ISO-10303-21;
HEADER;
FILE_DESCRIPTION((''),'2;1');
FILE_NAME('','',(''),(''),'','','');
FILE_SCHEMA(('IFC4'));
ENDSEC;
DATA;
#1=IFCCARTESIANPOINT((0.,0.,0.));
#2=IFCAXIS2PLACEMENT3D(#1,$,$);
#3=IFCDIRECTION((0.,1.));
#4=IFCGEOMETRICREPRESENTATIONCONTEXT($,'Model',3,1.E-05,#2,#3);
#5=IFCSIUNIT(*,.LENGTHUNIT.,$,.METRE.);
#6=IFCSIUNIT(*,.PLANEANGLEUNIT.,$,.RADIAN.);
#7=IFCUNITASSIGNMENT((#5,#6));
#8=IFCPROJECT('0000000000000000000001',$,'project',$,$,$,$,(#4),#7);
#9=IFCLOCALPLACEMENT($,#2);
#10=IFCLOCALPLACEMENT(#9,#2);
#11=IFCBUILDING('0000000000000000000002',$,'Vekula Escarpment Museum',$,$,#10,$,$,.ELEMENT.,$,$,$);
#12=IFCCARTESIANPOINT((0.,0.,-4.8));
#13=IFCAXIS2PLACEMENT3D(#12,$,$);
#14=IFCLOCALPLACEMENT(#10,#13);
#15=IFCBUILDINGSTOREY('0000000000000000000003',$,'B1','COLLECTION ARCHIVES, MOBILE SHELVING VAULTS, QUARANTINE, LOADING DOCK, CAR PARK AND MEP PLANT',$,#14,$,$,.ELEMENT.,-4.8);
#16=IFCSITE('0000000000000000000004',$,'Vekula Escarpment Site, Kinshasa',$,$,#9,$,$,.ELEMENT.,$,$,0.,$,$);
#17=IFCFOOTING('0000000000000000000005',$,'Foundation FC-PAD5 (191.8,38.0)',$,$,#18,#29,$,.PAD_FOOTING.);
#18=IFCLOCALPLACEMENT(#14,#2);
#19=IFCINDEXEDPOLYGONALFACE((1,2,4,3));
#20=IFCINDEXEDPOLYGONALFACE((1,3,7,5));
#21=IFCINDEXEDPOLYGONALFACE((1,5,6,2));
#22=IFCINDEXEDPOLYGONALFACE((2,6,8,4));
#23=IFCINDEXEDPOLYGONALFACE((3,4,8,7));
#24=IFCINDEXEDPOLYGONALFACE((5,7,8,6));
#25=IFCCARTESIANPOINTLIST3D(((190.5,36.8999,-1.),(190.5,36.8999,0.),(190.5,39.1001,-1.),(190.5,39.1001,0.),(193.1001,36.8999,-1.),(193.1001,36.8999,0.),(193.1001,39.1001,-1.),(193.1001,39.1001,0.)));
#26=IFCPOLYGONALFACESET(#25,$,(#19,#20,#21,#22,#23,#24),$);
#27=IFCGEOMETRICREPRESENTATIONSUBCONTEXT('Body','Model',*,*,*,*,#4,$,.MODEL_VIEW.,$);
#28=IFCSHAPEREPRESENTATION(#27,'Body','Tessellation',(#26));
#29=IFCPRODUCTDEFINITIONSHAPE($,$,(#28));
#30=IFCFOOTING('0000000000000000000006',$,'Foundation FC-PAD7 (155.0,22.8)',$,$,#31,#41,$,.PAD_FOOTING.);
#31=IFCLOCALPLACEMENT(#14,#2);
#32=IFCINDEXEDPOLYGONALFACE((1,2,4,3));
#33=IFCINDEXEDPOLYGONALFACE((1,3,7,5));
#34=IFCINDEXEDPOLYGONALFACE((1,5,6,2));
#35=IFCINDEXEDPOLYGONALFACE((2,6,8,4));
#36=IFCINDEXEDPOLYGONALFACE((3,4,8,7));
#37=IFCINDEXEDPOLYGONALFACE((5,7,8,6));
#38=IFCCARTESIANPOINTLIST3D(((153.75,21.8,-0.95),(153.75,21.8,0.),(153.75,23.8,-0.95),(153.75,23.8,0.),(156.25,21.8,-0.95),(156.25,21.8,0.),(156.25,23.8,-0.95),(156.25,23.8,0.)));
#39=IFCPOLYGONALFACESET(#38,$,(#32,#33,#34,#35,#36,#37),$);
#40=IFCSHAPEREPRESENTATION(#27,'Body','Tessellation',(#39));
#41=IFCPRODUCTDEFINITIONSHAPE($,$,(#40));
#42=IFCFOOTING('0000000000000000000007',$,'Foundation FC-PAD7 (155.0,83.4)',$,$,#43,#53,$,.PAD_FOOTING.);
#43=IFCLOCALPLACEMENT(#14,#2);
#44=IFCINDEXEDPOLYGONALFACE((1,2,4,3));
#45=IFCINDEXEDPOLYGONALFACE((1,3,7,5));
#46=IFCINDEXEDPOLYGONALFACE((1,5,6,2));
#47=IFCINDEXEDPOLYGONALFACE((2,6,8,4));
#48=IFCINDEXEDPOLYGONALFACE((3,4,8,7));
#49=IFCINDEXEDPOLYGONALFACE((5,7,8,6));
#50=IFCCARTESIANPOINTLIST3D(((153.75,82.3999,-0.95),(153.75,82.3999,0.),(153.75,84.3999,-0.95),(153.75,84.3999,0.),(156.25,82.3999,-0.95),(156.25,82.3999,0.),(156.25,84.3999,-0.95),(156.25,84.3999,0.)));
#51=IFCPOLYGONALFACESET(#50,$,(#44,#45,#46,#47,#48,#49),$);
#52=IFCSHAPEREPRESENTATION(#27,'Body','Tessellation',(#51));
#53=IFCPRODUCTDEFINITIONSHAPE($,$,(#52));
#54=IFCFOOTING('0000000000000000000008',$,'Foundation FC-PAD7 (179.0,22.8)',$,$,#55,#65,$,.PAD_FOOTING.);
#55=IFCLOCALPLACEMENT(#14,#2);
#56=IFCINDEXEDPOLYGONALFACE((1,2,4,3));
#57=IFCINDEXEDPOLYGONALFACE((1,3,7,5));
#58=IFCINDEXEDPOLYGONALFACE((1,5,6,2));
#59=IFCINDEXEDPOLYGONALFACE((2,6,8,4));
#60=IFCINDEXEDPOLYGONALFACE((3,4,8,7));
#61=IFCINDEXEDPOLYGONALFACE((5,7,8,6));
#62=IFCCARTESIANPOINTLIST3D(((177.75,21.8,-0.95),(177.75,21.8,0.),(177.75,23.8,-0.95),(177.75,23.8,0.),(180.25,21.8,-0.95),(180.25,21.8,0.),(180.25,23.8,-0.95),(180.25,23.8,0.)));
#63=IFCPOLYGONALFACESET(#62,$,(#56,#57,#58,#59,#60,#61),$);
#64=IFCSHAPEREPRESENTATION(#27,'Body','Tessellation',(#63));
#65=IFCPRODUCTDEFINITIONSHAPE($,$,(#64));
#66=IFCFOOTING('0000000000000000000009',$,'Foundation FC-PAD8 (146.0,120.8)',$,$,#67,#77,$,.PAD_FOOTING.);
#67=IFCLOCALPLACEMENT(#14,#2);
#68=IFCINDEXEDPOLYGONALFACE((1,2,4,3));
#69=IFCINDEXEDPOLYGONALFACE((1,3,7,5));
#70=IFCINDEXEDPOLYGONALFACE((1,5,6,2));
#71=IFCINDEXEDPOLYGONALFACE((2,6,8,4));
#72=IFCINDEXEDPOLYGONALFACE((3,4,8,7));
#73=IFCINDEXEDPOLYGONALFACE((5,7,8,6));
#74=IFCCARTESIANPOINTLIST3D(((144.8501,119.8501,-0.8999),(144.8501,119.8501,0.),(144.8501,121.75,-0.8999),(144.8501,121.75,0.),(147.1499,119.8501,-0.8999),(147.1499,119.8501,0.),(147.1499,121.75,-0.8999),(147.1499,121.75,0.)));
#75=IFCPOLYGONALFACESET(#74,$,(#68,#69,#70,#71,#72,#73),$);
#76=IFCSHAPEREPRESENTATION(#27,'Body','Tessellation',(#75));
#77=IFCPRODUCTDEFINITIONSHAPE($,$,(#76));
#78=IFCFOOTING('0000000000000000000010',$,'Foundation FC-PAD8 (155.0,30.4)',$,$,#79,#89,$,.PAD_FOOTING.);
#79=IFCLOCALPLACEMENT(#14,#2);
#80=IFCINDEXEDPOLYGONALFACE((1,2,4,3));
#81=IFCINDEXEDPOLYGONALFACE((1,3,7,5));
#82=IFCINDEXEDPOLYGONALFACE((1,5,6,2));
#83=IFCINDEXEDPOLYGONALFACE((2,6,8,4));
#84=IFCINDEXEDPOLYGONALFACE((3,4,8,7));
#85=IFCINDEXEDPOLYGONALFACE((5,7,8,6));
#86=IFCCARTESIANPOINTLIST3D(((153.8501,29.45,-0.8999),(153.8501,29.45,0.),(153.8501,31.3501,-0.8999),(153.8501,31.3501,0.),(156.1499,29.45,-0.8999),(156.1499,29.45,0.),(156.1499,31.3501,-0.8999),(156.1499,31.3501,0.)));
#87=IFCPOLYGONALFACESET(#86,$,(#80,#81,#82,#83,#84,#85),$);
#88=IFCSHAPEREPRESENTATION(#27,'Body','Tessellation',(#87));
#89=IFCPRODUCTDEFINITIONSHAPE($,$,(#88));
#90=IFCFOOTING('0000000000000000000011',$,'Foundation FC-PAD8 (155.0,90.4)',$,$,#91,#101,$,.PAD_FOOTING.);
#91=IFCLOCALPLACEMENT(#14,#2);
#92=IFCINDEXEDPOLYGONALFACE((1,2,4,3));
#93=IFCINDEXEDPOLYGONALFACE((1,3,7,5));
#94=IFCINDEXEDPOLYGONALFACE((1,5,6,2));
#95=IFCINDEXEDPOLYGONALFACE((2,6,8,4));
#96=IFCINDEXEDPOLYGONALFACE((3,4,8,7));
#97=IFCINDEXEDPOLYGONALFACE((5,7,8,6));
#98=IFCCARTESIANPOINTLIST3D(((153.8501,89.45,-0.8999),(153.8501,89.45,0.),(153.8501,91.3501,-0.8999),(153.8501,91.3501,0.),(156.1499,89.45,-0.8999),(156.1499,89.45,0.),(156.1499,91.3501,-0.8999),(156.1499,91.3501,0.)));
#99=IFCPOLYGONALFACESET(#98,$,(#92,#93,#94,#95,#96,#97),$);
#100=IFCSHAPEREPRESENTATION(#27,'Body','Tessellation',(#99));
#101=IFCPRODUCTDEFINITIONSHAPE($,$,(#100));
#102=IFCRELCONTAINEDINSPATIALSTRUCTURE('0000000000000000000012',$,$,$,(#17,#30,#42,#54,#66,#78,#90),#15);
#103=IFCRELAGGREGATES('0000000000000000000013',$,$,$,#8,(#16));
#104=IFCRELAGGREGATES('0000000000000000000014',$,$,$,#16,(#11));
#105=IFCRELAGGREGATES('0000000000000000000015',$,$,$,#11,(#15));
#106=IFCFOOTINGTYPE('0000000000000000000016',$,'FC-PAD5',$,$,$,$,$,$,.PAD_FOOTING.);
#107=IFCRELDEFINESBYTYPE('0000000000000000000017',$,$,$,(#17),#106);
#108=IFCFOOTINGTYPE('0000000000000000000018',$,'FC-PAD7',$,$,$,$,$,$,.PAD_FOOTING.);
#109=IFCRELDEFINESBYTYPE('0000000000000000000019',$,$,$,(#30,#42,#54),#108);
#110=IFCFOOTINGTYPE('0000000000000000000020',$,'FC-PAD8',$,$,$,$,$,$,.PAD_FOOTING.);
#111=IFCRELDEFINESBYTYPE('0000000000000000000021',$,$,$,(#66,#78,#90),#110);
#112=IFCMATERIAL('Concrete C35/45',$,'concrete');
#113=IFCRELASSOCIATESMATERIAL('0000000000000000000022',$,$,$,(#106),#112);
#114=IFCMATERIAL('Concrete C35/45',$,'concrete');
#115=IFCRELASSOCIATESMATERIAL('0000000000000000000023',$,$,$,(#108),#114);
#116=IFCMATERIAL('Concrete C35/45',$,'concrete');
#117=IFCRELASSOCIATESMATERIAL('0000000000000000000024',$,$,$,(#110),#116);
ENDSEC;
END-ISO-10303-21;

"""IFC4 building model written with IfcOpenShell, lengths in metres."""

from ifc_helpers import new_model, si_unit, direction, frame, origin, place, context, subcontext, project, spatial, polyline, outline, extrude, material, type_object, element, save


model = new_model("IFC4")

# Units and contexts
model_context = context("Model", 3, precision=1e-05, world=origin(), true_north=direction((0.0, 1.0)))
body_context = subcontext(model_context, "Body", "Model", "MODEL_VIEW")
ifc_project = project(units=[si_unit("LENGTHUNIT", "METRE"), si_unit("PLANEANGLEUNIT", "RADIAN")], contexts=[model_context])

# Site, building, storey
site_placement = place(None, origin())
site = spatial("IfcSite", under=ifc_project, at=site_placement, Name="Vekula Escarpment Site, Kinshasa", CompositionType="ELEMENT", RefElevation=0.0)
building_placement = place(site_placement, origin())
building = spatial("IfcBuilding", under=site, at=building_placement, Name="Vekula Escarpment Museum", CompositionType="ELEMENT")
storey_placement = place(building_placement, frame((0.0, 0.0, -4.8)))
storey = spatial("IfcBuildingStorey", under=building, at=storey_placement, Name="B1", Description="COLLECTION ARCHIVES, MOBILE SHELVING VAULTS, QUARANTINE, LOADING DOCK, CAR PARK AND MEP PLANT", CompositionType="ELEMENT", Elevation=-4.8)

# Footings
ifc_material_1 = material(Name="Concrete C35/45", Category="concrete")
footing_type_1 = type_object("IfcFootingType", Name="FC-PAD5", PredefinedType="PAD_FOOTING", material=ifc_material_1)
footing_1_placement = place(storey_placement, frame((0.0, 0.0, -1.0)))
element("IfcFooting", 1, at=footing_1_placement, inside=storey, type_object=footing_type_1, Name="Foundation FC-PAD5 (191.8,38.0)", PredefinedType="PAD_FOOTING", context=body_context, shape_type="SweptSolid", body=[
    extrude(outline(polyline([(190.5, 36.8999), (193.1001, 36.8999), (193.1001, 39.1001), (190.5, 39.1001), (190.5, 36.8999)])), origin(), (0.0, 0.0, 1.0), 1.0),
])
ifc_material_2 = material(Name="Concrete C35/45", Category="concrete")
footing_type_2 = type_object("IfcFootingType", Name="FC-PAD7", PredefinedType="PAD_FOOTING", material=ifc_material_2)
footing_2_placement = place(storey_placement, frame((0.0, 0.0, -0.95)))
element("IfcFooting", 2, at=footing_2_placement, inside=storey, type_object=footing_type_2, Name="Foundation FC-PAD7 (155.0,22.8)", PredefinedType="PAD_FOOTING", context=body_context, shape_type="SweptSolid", body=[
    extrude(outline(polyline([(153.75, 21.8), (156.25, 21.8), (156.25, 23.8), (153.75, 23.8), (153.75, 21.8)])), origin(), (0.0, 0.0, 1.0), 0.95),
])
footing_3_placement = place(storey_placement, frame((0.0, 0.0, -0.95)))
element("IfcFooting", 3, at=footing_3_placement, inside=storey, type_object=footing_type_2, Name="Foundation FC-PAD7 (155.0,83.4)", PredefinedType="PAD_FOOTING", context=body_context, shape_type="SweptSolid", body=[
    extrude(outline(polyline([(153.75, 82.3999), (156.25, 82.3999), (156.25, 84.3999), (153.75, 84.3999), (153.75, 82.3999)])), origin(), (0.0, 0.0, 1.0), 0.95),
])
footing_4_placement = place(storey_placement, frame((0.0, 0.0, -0.95)))
element("IfcFooting", 4, at=footing_4_placement, inside=storey, type_object=footing_type_2, Name="Foundation FC-PAD7 (179.0,22.8)", PredefinedType="PAD_FOOTING", context=body_context, shape_type="SweptSolid", body=[
    extrude(outline(polyline([(177.75, 21.8), (180.25, 21.8), (180.25, 23.8), (177.75, 23.8), (177.75, 21.8)])), origin(), (0.0, 0.0, 1.0), 0.95),
])
ifc_material_3 = material(Name="Concrete C35/45", Category="concrete")
footing_type_3 = type_object("IfcFootingType", Name="FC-PAD8", PredefinedType="PAD_FOOTING", material=ifc_material_3)
footing_5_placement = place(storey_placement, frame((0.0, 0.0, -0.8999)))
element("IfcFooting", 5, at=footing_5_placement, inside=storey, type_object=footing_type_3, Name="Foundation FC-PAD8 (146.0,120.8)", PredefinedType="PAD_FOOTING", context=body_context, shape_type="SweptSolid", body=[
    extrude(outline(polyline([(144.8501, 119.8501), (147.1499, 119.8501), (147.1499, 121.75), (144.8501, 121.75), (144.8501, 119.8501)])), origin(), (0.0, 0.0, 1.0), 0.8999),
])
footing_6_placement = place(storey_placement, frame((0.0, 0.0, -0.8999)))
element("IfcFooting", 6, at=footing_6_placement, inside=storey, type_object=footing_type_3, Name="Foundation FC-PAD8 (155.0,30.4)", PredefinedType="PAD_FOOTING", context=body_context, shape_type="SweptSolid", body=[
    extrude(outline(polyline([(153.8501, 29.45), (156.1499, 29.45), (156.1499, 31.3501), (153.8501, 31.3501), (153.8501, 29.45)])), origin(), (0.0, 0.0, 1.0), 0.8999),
])
footing_7_placement = place(storey_placement, frame((0.0, 0.0, -0.8999)))
element("IfcFooting", 7, at=footing_7_placement, inside=storey, type_object=footing_type_3, Name="Foundation FC-PAD8 (155.0,90.4)", PredefinedType="PAD_FOOTING", context=body_context, shape_type="SweptSolid", body=[
    extrude(outline(polyline([(153.8501, 89.45), (156.1499, 89.45), (156.1499, 91.3501), (153.8501, 91.3501), (153.8501, 89.45)])), origin(), (0.0, 0.0, 1.0), 0.8999),
])

save(model, "model.ifc")
